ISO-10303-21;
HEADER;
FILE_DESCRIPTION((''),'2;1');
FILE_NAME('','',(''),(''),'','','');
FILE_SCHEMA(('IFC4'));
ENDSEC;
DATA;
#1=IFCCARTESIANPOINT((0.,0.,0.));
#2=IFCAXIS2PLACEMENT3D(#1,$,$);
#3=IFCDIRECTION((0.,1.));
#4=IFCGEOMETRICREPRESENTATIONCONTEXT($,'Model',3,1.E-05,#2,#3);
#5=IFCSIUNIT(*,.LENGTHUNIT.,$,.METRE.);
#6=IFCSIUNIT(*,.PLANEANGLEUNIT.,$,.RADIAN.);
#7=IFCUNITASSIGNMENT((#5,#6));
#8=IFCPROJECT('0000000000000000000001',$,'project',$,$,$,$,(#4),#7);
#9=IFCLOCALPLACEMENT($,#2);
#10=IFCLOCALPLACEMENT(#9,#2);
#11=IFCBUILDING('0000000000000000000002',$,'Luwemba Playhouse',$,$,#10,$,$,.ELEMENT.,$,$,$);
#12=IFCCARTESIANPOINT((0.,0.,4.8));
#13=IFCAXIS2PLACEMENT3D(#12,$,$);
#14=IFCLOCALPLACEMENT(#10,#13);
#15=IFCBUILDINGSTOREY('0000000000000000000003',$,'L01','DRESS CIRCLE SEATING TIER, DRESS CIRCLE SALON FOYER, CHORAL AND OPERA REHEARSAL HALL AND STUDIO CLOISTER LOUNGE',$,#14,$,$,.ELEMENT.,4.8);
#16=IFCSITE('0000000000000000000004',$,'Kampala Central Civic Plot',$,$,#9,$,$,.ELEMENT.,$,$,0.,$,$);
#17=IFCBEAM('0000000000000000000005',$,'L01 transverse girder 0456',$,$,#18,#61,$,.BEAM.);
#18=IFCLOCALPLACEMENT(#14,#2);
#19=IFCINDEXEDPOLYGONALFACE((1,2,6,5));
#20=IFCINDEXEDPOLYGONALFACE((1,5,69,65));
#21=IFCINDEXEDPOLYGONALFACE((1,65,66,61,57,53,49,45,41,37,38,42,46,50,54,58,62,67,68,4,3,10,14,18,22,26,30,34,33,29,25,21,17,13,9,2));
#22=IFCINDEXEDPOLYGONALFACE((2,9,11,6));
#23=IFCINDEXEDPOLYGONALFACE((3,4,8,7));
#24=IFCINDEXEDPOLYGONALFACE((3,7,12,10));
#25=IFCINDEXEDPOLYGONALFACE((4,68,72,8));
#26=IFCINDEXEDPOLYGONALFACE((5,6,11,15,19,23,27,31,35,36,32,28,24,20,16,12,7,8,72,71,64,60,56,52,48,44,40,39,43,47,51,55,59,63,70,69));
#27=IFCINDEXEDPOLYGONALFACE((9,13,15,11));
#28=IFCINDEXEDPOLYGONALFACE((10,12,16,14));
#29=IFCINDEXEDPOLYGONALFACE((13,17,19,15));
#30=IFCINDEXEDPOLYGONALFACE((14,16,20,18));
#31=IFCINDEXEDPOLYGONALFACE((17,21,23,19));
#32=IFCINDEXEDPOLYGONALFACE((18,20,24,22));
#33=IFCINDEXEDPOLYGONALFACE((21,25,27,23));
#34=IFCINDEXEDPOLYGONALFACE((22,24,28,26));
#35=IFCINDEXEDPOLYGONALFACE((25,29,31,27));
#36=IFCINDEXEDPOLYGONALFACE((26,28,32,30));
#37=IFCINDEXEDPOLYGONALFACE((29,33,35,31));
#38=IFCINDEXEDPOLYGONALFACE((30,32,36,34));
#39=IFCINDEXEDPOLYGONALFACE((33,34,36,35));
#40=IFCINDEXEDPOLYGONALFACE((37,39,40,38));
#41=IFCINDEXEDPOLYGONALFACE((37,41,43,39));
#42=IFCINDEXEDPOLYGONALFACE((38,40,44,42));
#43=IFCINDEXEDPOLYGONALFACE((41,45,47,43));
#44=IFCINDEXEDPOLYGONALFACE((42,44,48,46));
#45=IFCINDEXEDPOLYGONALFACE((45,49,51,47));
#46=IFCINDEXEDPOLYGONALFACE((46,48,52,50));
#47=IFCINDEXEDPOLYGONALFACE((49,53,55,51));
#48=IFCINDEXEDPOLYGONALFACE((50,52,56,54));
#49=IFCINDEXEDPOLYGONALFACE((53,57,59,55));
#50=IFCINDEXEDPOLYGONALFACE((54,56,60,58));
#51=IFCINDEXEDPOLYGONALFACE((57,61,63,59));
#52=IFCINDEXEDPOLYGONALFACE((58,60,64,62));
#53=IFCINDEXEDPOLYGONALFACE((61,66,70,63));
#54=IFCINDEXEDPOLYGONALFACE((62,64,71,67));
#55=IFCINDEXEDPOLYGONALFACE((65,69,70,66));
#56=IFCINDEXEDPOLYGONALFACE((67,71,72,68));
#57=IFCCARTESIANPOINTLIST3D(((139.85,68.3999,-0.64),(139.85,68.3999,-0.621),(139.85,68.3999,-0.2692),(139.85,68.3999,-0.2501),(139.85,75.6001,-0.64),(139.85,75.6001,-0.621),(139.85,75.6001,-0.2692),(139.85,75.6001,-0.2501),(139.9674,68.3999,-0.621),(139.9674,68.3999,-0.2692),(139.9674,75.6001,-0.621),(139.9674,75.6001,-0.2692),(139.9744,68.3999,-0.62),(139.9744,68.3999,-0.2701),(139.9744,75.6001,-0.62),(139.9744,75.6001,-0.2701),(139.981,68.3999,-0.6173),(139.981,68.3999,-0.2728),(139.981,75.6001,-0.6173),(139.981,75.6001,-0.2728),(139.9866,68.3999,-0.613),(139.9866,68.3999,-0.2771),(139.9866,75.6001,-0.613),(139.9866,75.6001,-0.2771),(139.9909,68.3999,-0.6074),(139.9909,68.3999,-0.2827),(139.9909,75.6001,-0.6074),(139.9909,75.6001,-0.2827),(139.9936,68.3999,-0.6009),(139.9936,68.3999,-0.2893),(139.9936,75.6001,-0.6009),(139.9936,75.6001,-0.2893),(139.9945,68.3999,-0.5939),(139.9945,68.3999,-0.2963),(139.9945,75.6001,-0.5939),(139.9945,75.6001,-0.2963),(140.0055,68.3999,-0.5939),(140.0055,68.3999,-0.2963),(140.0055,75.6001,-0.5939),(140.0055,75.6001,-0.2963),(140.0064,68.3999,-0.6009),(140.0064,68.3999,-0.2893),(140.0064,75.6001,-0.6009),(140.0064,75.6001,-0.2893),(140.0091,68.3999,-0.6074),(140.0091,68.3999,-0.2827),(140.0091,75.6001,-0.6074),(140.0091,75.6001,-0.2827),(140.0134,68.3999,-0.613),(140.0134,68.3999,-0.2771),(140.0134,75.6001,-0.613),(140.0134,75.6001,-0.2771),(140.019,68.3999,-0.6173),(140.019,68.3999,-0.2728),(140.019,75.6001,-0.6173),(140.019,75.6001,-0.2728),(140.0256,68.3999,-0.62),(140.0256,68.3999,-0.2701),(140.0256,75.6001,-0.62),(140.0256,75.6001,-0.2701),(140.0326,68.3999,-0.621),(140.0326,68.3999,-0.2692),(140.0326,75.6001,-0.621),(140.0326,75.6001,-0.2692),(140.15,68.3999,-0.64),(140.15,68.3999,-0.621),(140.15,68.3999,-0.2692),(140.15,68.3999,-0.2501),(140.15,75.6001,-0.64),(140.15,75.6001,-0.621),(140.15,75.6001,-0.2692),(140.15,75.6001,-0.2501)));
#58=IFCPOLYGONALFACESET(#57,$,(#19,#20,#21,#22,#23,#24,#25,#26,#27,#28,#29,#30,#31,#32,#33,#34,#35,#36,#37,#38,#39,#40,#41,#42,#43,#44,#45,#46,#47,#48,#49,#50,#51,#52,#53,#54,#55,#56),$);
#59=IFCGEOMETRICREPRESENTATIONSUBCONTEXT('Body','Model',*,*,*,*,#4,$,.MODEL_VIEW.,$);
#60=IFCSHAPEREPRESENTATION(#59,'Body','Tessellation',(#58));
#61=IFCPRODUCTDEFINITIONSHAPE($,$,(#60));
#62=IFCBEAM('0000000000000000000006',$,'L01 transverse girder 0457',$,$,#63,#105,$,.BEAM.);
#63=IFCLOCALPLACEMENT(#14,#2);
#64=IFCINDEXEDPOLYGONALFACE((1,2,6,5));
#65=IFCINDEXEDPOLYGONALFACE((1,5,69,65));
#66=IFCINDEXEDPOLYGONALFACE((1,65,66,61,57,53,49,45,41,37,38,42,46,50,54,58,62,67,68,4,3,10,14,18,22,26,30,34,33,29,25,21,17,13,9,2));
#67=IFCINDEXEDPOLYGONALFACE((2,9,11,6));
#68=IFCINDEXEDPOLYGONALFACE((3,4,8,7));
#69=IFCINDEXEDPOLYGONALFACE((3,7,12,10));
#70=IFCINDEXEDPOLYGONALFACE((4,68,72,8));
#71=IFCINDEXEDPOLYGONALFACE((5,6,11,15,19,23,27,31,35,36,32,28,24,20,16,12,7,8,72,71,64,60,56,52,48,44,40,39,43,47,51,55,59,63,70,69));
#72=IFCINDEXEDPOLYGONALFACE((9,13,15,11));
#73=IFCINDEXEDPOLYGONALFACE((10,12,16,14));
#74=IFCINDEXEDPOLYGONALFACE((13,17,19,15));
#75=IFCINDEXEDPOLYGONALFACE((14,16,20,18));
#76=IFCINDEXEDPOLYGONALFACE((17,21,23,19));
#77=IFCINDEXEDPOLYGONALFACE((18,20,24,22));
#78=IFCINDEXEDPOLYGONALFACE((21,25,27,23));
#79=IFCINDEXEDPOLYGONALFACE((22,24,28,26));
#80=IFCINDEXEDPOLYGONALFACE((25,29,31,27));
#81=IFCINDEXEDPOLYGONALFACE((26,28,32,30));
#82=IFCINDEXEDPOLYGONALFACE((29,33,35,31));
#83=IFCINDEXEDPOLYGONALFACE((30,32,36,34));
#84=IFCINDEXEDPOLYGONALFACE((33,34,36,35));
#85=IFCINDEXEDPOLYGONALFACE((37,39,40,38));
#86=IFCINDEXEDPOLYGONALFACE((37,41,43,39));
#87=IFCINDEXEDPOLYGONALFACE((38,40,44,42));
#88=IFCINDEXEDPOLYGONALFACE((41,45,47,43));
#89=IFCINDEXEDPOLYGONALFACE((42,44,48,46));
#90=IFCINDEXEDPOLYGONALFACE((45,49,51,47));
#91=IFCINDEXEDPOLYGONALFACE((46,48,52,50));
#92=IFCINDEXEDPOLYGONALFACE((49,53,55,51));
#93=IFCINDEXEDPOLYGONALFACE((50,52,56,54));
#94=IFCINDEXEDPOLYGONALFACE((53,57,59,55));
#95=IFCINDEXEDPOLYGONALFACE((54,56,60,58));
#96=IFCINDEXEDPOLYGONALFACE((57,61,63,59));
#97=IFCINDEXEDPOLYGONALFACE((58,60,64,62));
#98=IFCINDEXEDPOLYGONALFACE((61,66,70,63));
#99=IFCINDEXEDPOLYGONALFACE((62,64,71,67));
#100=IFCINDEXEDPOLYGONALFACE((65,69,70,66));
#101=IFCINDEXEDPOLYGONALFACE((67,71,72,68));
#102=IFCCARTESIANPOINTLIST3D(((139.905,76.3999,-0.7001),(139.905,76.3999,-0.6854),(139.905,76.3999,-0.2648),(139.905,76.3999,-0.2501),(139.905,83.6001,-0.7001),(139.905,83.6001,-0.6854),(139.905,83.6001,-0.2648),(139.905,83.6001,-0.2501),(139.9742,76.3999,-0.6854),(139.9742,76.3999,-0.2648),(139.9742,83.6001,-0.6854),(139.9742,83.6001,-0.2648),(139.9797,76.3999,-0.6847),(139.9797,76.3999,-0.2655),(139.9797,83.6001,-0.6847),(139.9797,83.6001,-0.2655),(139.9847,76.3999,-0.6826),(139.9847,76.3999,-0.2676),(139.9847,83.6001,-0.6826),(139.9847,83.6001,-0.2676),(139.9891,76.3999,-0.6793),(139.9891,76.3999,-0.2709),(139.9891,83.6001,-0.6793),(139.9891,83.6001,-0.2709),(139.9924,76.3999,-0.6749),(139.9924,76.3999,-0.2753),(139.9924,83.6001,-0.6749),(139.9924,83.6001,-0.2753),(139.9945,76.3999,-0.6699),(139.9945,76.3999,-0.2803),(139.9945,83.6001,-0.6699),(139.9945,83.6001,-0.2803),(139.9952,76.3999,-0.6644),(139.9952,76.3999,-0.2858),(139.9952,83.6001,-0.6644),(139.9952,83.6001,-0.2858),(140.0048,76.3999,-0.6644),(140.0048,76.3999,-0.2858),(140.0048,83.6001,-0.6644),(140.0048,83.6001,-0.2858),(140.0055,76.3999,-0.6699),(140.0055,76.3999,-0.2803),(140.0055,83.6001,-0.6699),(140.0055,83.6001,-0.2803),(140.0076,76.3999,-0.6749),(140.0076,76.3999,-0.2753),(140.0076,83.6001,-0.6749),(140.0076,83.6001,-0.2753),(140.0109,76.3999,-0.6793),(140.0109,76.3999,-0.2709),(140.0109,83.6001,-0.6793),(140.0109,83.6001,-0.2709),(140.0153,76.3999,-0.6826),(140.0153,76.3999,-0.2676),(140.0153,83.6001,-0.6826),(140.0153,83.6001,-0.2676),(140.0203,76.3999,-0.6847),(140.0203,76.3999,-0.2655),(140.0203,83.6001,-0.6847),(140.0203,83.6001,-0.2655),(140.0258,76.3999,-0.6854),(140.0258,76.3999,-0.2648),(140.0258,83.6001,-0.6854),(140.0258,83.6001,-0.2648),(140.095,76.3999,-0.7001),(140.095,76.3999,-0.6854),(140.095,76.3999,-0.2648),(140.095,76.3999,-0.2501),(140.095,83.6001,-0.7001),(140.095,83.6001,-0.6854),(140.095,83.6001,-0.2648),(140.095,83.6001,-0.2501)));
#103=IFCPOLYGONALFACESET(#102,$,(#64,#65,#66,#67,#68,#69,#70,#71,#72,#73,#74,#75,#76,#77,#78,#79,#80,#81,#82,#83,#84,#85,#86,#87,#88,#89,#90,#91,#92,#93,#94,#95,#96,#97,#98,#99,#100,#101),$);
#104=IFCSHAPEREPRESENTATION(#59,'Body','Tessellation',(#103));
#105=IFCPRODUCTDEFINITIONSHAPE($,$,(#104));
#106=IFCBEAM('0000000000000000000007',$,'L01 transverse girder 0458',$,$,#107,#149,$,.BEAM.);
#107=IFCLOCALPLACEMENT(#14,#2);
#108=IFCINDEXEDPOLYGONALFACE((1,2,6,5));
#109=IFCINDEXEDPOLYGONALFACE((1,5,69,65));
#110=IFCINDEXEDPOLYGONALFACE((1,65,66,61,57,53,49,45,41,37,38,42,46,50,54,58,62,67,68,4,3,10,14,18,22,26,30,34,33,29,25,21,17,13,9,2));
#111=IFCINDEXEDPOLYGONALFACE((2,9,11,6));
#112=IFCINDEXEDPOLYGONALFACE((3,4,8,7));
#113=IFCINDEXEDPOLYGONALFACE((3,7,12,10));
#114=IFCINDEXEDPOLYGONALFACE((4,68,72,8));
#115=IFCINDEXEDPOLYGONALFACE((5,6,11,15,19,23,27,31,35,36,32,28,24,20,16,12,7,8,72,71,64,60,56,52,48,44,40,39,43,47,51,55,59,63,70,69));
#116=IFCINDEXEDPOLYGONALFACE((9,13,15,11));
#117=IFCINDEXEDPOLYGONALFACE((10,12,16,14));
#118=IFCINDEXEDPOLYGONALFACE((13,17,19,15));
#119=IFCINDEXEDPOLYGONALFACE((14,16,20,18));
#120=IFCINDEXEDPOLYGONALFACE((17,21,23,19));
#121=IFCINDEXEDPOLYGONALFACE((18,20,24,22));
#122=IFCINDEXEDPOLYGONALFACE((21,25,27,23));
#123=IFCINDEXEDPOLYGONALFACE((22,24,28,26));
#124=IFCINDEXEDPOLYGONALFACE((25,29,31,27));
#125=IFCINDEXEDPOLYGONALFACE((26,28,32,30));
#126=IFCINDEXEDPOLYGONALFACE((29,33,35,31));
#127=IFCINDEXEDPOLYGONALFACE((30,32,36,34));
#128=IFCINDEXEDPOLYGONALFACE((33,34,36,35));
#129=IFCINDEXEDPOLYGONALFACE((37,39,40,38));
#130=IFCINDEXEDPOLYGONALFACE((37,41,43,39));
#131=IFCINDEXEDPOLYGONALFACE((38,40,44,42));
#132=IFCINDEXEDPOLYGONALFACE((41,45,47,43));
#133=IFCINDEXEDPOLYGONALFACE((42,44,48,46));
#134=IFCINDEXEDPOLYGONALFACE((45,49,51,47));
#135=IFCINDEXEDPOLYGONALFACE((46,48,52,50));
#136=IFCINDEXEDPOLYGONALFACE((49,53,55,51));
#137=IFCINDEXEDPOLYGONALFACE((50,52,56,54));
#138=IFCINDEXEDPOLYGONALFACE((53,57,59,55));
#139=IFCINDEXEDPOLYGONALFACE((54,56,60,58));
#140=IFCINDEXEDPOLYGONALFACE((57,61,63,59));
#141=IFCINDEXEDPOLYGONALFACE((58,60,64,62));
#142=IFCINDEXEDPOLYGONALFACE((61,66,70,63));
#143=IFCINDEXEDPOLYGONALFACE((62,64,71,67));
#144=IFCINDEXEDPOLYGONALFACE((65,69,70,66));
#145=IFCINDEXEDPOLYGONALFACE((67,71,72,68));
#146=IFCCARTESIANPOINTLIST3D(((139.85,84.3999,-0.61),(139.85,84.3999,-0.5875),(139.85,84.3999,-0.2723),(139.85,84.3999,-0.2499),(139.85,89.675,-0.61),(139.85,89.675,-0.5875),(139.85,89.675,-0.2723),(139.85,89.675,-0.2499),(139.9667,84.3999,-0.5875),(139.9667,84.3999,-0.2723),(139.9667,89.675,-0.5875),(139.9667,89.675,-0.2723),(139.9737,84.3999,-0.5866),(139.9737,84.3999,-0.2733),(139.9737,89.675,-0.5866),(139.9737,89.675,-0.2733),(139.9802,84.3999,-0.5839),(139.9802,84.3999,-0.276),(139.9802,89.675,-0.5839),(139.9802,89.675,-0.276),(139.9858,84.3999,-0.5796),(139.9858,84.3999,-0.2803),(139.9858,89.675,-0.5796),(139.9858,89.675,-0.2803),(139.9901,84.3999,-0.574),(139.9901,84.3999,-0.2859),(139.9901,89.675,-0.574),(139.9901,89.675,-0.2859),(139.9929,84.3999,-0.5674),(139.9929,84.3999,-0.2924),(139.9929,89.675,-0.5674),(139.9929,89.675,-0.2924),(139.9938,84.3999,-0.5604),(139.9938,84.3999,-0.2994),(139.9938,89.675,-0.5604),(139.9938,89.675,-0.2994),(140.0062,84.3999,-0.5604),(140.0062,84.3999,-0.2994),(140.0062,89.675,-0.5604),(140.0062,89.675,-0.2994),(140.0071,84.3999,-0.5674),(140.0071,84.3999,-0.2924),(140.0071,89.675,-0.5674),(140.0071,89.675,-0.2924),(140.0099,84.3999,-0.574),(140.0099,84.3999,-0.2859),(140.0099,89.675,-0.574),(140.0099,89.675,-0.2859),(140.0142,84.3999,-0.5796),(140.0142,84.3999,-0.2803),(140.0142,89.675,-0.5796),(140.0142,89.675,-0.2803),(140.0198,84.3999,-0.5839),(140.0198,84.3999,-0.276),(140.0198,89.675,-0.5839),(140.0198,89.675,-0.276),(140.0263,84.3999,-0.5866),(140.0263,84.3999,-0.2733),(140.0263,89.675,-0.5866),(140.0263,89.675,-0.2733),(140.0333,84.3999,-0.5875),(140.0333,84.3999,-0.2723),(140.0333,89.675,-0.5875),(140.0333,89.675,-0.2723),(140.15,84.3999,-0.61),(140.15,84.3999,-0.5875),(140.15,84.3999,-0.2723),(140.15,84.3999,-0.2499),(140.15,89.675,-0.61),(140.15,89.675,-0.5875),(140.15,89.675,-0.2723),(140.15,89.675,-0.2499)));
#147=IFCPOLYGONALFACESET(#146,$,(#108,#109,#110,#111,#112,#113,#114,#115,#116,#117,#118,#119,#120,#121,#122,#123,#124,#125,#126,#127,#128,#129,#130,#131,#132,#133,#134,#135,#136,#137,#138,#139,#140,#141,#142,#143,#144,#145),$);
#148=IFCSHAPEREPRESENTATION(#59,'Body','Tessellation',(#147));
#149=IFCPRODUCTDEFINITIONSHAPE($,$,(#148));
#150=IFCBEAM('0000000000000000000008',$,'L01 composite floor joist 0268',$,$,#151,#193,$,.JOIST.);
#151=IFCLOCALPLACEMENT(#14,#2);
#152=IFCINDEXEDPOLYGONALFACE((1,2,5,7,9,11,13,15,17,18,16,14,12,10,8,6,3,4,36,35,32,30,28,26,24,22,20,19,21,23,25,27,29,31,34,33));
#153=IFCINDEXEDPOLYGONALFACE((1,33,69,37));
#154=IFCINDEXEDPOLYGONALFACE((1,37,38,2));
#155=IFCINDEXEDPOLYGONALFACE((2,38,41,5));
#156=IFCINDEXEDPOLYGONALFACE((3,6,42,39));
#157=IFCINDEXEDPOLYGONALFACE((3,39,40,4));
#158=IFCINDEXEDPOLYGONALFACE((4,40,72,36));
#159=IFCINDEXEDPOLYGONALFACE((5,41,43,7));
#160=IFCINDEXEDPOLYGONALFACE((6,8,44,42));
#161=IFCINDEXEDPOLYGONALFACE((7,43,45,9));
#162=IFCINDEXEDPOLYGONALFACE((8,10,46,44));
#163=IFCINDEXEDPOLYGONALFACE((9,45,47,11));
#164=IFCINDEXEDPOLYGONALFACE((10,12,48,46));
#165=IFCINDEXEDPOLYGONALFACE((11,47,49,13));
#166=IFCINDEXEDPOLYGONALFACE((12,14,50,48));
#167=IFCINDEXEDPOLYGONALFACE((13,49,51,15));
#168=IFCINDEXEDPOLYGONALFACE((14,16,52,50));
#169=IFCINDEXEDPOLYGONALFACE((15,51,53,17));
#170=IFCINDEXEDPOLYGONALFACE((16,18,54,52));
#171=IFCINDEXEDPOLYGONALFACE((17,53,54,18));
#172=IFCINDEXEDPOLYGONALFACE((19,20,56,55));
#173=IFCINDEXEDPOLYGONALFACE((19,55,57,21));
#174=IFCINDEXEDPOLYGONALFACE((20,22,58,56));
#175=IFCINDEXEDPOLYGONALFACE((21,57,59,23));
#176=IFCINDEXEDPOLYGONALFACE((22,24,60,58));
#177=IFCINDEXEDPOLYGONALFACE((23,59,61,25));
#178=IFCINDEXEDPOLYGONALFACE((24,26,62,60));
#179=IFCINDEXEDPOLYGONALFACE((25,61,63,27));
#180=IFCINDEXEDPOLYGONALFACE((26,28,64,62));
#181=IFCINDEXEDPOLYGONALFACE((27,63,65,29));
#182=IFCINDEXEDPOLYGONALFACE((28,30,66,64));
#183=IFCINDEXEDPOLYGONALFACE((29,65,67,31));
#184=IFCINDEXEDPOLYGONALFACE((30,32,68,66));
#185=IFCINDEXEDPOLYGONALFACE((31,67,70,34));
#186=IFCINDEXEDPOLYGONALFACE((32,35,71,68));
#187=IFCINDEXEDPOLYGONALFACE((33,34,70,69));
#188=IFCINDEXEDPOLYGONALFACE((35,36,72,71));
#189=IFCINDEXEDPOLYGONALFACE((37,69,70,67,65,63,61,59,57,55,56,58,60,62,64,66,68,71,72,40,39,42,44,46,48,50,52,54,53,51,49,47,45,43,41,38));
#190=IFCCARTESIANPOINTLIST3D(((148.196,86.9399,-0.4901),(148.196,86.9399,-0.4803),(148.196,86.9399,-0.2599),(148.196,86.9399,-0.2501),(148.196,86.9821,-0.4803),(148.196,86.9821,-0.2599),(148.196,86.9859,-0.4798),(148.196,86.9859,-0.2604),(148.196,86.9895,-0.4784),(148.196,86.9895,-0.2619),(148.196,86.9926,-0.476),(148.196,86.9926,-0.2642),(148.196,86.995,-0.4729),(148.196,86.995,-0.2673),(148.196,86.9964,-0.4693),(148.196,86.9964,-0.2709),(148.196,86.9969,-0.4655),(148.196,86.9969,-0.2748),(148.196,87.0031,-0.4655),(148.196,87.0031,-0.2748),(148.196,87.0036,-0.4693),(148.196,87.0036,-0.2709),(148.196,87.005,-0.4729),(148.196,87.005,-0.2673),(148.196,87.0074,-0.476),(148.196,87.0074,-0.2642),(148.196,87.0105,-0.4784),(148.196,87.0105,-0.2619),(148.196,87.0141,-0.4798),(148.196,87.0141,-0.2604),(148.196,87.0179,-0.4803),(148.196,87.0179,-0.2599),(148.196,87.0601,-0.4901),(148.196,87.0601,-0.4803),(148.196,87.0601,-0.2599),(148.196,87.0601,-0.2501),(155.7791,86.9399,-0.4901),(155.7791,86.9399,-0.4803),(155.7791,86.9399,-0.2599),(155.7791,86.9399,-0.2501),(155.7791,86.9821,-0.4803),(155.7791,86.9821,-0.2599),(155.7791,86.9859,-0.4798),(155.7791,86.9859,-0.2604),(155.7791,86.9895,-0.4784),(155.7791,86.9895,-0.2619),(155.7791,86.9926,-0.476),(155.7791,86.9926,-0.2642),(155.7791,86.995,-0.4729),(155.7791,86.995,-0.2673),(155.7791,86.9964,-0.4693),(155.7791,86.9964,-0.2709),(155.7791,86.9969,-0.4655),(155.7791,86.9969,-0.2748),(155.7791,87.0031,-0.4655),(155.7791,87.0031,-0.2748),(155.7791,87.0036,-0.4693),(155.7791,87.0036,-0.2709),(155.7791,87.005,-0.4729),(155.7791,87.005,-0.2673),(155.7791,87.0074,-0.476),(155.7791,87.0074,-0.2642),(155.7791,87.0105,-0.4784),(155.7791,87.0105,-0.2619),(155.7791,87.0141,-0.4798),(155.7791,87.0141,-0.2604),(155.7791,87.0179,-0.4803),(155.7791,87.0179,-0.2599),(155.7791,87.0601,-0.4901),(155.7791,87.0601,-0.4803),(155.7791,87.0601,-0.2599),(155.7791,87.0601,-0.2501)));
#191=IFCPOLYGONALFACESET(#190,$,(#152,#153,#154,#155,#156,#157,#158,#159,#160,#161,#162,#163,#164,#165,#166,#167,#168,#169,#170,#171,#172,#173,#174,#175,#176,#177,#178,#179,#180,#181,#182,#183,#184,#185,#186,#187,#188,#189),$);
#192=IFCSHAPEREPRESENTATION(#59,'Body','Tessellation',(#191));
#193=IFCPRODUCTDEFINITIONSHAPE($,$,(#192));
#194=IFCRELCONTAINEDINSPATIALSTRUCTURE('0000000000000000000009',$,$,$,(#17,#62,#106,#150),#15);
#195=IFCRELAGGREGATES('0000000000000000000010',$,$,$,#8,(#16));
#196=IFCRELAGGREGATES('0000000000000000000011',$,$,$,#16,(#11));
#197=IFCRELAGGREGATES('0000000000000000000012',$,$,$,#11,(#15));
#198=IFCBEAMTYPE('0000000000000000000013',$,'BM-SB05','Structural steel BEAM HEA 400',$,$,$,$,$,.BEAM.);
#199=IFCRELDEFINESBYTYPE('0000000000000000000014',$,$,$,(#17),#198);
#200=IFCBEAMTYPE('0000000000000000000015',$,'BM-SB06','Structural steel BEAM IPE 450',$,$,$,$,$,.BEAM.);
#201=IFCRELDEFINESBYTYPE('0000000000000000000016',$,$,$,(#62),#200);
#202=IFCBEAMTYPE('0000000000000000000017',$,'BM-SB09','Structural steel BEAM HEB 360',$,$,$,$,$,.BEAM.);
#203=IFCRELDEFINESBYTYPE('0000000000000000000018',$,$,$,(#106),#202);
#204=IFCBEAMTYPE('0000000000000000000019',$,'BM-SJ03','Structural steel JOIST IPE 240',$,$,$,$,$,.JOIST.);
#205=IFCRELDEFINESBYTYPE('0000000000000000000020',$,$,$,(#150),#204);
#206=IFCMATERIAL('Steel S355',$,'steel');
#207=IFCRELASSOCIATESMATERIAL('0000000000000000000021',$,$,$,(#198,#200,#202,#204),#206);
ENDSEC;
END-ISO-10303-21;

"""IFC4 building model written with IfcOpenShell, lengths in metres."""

from ifc_helpers import new_model, si_unit, direction, frame, origin, origin_2d, place, context, subcontext, project, spatial, i_section, extrude, material, material_profile, profile_set, type_object, element, save


model = new_model("IFC4")

# Units and contexts
model_context = context("Model", 3, precision=1e-05, world=origin(), true_north=direction((0.0, 1.0)))
body_context = subcontext(model_context, "Body", "Model", "MODEL_VIEW")
ifc_project = project(units=[si_unit("LENGTHUNIT", "METRE"), si_unit("PLANEANGLEUNIT", "RADIAN")], contexts=[model_context])

# Site, building, storey
site_placement = place(None, origin())
site = spatial("IfcSite", under=ifc_project, at=site_placement, Name="Kampala Central Civic Plot", CompositionType="ELEMENT", RefElevation=0.0)
building_placement = place(site_placement, origin())
building = spatial("IfcBuilding", under=site, at=building_placement, Name="Luwemba Playhouse", CompositionType="ELEMENT")
storey_placement = place(building_placement, frame((0.0, 0.0, 4.8)))
storey = spatial("IfcBuildingStorey", under=building, at=storey_placement, Name="L01", Description="DRESS CIRCLE SEATING TIER, DRESS CIRCLE SALON FOYER, CHORAL AND OPERA REHEARSAL HALL AND STUDIO CLOISTER LOUNGE", CompositionType="ELEMENT", Elevation=4.8)

# Beams
ifc_material_1 = material(Name="Steel S355", Category="steel")
ifc_material_profile_1 = material_profile(ifc_material_1, i_section(OverallWidth=0.3, OverallDepth=0.3899, WebThickness=0.011, FlangeThickness=0.019, FilletRadius=0.0271, at=origin_2d()))
ifc_profile_set_1 = profile_set([ifc_material_profile_1], Name="Steel S355")
beam_type_1 = type_object("IfcBeamType", Name="BM-SB05", Description="Structural steel BEAM HEA 400", PredefinedType="BEAM", material=ifc_profile_set_1)
beam_1_placement = place(storey_placement, frame((140.0, 68.3999, -0.4451), z_axis=(0.0, 1.0, 0.0), x_axis=(-1.0, 0.0, 0.0)))
element("IfcBeam", 1, at=beam_1_placement, inside=storey, type_object=beam_type_1, Name="L01 transverse girder 0456", PredefinedType="BEAM", context=body_context, shape_type="SweptSolid", body=[
    extrude(i_section(OverallWidth=0.3, OverallDepth=0.3899, WebThickness=0.011, FlangeThickness=0.019, FilletRadius=0.0271, at=origin_2d()), origin(), (0.0, 0.0, 1.0), 7.2002),
])
ifc_material_profile_2 = material_profile(ifc_material_1, i_section(OverallWidth=0.1899, OverallDepth=0.45, WebThickness=0.0095, FlangeThickness=0.0146, FilletRadius=0.021, at=origin_2d()))
ifc_profile_set_2 = profile_set([ifc_material_profile_2], Name="Steel S355")
beam_type_2 = type_object("IfcBeamType", Name="BM-SB06", Description="Structural steel BEAM IPE 450", PredefinedType="BEAM", material=ifc_profile_set_2)
beam_2_placement = place(storey_placement, frame((140.0, 76.3999, -0.4751), z_axis=(0.0, 1.0, 0.0), x_axis=(-1.0, 0.0, 0.0)))
element("IfcBeam", 2, at=beam_2_placement, inside=storey, type_object=beam_type_2, Name="L01 transverse girder 0457", PredefinedType="BEAM", context=body_context, shape_type="SweptSolid", body=[
    extrude(i_section(OverallWidth=0.1899, OverallDepth=0.45, WebThickness=0.0095, FlangeThickness=0.0146, FilletRadius=0.021, at=origin_2d()), origin(), (0.0, 0.0, 1.0), 7.2002),
])
ifc_material_profile_3 = material_profile(ifc_material_1, i_section(OverallWidth=0.3, OverallDepth=0.3601, WebThickness=0.0125, FlangeThickness=0.0225, FilletRadius=0.0271, at=origin_2d()))
ifc_profile_set_3 = profile_set([ifc_material_profile_3], Name="Steel S355")
beam_type_3 = type_object("IfcBeamType", Name="BM-SB09", Description="Structural steel BEAM HEB 360", PredefinedType="BEAM", material=ifc_profile_set_3)
beam_3_placement = place(storey_placement, frame((140.0, 84.3999, -0.4299), z_axis=(0.0, 1.0, 0.0), x_axis=(-1.0, 0.0, 0.0)))
element("IfcBeam", 3, at=beam_3_placement, inside=storey, type_object=beam_type_3, Name="L01 transverse girder 0458", PredefinedType="BEAM", context=body_context, shape_type="SweptSolid", body=[
    extrude(i_section(OverallWidth=0.3, OverallDepth=0.3601, WebThickness=0.0125, FlangeThickness=0.0225, FilletRadius=0.0271, at=origin_2d()), origin(), (0.0, 0.0, 1.0), 5.2751),
])
ifc_material_profile_4 = material_profile(ifc_material_1, i_section(OverallWidth=0.1201, OverallDepth=0.24, WebThickness=0.0061, FlangeThickness=0.0098, FilletRadius=0.0149, at=origin_2d()))
ifc_profile_set_4 = profile_set([ifc_material_profile_4], Name="Steel S355")
beam_type_4 = type_object("IfcBeamType", Name="BM-SJ03", Description="Structural steel JOIST IPE 240", PredefinedType="JOIST", material=ifc_profile_set_4)
beam_4_placement = place(storey_placement, frame((148.196, 87.0, -0.3701), z_axis=(1.0, 0.0, 0.0), x_axis=(0.0, 1.0, 0.0)))
element("IfcBeam", 4, at=beam_4_placement, inside=storey, type_object=beam_type_4, Name="L01 composite floor joist 0268", PredefinedType="JOIST", context=body_context, shape_type="SweptSolid", body=[
    extrude(i_section(OverallWidth=0.1201, OverallDepth=0.24, WebThickness=0.0061, FlangeThickness=0.0098, FilletRadius=0.0149, at=origin_2d()), origin(), (0.0, 0.0, 1.0), 7.583),
])

save(model, "model.ifc")
